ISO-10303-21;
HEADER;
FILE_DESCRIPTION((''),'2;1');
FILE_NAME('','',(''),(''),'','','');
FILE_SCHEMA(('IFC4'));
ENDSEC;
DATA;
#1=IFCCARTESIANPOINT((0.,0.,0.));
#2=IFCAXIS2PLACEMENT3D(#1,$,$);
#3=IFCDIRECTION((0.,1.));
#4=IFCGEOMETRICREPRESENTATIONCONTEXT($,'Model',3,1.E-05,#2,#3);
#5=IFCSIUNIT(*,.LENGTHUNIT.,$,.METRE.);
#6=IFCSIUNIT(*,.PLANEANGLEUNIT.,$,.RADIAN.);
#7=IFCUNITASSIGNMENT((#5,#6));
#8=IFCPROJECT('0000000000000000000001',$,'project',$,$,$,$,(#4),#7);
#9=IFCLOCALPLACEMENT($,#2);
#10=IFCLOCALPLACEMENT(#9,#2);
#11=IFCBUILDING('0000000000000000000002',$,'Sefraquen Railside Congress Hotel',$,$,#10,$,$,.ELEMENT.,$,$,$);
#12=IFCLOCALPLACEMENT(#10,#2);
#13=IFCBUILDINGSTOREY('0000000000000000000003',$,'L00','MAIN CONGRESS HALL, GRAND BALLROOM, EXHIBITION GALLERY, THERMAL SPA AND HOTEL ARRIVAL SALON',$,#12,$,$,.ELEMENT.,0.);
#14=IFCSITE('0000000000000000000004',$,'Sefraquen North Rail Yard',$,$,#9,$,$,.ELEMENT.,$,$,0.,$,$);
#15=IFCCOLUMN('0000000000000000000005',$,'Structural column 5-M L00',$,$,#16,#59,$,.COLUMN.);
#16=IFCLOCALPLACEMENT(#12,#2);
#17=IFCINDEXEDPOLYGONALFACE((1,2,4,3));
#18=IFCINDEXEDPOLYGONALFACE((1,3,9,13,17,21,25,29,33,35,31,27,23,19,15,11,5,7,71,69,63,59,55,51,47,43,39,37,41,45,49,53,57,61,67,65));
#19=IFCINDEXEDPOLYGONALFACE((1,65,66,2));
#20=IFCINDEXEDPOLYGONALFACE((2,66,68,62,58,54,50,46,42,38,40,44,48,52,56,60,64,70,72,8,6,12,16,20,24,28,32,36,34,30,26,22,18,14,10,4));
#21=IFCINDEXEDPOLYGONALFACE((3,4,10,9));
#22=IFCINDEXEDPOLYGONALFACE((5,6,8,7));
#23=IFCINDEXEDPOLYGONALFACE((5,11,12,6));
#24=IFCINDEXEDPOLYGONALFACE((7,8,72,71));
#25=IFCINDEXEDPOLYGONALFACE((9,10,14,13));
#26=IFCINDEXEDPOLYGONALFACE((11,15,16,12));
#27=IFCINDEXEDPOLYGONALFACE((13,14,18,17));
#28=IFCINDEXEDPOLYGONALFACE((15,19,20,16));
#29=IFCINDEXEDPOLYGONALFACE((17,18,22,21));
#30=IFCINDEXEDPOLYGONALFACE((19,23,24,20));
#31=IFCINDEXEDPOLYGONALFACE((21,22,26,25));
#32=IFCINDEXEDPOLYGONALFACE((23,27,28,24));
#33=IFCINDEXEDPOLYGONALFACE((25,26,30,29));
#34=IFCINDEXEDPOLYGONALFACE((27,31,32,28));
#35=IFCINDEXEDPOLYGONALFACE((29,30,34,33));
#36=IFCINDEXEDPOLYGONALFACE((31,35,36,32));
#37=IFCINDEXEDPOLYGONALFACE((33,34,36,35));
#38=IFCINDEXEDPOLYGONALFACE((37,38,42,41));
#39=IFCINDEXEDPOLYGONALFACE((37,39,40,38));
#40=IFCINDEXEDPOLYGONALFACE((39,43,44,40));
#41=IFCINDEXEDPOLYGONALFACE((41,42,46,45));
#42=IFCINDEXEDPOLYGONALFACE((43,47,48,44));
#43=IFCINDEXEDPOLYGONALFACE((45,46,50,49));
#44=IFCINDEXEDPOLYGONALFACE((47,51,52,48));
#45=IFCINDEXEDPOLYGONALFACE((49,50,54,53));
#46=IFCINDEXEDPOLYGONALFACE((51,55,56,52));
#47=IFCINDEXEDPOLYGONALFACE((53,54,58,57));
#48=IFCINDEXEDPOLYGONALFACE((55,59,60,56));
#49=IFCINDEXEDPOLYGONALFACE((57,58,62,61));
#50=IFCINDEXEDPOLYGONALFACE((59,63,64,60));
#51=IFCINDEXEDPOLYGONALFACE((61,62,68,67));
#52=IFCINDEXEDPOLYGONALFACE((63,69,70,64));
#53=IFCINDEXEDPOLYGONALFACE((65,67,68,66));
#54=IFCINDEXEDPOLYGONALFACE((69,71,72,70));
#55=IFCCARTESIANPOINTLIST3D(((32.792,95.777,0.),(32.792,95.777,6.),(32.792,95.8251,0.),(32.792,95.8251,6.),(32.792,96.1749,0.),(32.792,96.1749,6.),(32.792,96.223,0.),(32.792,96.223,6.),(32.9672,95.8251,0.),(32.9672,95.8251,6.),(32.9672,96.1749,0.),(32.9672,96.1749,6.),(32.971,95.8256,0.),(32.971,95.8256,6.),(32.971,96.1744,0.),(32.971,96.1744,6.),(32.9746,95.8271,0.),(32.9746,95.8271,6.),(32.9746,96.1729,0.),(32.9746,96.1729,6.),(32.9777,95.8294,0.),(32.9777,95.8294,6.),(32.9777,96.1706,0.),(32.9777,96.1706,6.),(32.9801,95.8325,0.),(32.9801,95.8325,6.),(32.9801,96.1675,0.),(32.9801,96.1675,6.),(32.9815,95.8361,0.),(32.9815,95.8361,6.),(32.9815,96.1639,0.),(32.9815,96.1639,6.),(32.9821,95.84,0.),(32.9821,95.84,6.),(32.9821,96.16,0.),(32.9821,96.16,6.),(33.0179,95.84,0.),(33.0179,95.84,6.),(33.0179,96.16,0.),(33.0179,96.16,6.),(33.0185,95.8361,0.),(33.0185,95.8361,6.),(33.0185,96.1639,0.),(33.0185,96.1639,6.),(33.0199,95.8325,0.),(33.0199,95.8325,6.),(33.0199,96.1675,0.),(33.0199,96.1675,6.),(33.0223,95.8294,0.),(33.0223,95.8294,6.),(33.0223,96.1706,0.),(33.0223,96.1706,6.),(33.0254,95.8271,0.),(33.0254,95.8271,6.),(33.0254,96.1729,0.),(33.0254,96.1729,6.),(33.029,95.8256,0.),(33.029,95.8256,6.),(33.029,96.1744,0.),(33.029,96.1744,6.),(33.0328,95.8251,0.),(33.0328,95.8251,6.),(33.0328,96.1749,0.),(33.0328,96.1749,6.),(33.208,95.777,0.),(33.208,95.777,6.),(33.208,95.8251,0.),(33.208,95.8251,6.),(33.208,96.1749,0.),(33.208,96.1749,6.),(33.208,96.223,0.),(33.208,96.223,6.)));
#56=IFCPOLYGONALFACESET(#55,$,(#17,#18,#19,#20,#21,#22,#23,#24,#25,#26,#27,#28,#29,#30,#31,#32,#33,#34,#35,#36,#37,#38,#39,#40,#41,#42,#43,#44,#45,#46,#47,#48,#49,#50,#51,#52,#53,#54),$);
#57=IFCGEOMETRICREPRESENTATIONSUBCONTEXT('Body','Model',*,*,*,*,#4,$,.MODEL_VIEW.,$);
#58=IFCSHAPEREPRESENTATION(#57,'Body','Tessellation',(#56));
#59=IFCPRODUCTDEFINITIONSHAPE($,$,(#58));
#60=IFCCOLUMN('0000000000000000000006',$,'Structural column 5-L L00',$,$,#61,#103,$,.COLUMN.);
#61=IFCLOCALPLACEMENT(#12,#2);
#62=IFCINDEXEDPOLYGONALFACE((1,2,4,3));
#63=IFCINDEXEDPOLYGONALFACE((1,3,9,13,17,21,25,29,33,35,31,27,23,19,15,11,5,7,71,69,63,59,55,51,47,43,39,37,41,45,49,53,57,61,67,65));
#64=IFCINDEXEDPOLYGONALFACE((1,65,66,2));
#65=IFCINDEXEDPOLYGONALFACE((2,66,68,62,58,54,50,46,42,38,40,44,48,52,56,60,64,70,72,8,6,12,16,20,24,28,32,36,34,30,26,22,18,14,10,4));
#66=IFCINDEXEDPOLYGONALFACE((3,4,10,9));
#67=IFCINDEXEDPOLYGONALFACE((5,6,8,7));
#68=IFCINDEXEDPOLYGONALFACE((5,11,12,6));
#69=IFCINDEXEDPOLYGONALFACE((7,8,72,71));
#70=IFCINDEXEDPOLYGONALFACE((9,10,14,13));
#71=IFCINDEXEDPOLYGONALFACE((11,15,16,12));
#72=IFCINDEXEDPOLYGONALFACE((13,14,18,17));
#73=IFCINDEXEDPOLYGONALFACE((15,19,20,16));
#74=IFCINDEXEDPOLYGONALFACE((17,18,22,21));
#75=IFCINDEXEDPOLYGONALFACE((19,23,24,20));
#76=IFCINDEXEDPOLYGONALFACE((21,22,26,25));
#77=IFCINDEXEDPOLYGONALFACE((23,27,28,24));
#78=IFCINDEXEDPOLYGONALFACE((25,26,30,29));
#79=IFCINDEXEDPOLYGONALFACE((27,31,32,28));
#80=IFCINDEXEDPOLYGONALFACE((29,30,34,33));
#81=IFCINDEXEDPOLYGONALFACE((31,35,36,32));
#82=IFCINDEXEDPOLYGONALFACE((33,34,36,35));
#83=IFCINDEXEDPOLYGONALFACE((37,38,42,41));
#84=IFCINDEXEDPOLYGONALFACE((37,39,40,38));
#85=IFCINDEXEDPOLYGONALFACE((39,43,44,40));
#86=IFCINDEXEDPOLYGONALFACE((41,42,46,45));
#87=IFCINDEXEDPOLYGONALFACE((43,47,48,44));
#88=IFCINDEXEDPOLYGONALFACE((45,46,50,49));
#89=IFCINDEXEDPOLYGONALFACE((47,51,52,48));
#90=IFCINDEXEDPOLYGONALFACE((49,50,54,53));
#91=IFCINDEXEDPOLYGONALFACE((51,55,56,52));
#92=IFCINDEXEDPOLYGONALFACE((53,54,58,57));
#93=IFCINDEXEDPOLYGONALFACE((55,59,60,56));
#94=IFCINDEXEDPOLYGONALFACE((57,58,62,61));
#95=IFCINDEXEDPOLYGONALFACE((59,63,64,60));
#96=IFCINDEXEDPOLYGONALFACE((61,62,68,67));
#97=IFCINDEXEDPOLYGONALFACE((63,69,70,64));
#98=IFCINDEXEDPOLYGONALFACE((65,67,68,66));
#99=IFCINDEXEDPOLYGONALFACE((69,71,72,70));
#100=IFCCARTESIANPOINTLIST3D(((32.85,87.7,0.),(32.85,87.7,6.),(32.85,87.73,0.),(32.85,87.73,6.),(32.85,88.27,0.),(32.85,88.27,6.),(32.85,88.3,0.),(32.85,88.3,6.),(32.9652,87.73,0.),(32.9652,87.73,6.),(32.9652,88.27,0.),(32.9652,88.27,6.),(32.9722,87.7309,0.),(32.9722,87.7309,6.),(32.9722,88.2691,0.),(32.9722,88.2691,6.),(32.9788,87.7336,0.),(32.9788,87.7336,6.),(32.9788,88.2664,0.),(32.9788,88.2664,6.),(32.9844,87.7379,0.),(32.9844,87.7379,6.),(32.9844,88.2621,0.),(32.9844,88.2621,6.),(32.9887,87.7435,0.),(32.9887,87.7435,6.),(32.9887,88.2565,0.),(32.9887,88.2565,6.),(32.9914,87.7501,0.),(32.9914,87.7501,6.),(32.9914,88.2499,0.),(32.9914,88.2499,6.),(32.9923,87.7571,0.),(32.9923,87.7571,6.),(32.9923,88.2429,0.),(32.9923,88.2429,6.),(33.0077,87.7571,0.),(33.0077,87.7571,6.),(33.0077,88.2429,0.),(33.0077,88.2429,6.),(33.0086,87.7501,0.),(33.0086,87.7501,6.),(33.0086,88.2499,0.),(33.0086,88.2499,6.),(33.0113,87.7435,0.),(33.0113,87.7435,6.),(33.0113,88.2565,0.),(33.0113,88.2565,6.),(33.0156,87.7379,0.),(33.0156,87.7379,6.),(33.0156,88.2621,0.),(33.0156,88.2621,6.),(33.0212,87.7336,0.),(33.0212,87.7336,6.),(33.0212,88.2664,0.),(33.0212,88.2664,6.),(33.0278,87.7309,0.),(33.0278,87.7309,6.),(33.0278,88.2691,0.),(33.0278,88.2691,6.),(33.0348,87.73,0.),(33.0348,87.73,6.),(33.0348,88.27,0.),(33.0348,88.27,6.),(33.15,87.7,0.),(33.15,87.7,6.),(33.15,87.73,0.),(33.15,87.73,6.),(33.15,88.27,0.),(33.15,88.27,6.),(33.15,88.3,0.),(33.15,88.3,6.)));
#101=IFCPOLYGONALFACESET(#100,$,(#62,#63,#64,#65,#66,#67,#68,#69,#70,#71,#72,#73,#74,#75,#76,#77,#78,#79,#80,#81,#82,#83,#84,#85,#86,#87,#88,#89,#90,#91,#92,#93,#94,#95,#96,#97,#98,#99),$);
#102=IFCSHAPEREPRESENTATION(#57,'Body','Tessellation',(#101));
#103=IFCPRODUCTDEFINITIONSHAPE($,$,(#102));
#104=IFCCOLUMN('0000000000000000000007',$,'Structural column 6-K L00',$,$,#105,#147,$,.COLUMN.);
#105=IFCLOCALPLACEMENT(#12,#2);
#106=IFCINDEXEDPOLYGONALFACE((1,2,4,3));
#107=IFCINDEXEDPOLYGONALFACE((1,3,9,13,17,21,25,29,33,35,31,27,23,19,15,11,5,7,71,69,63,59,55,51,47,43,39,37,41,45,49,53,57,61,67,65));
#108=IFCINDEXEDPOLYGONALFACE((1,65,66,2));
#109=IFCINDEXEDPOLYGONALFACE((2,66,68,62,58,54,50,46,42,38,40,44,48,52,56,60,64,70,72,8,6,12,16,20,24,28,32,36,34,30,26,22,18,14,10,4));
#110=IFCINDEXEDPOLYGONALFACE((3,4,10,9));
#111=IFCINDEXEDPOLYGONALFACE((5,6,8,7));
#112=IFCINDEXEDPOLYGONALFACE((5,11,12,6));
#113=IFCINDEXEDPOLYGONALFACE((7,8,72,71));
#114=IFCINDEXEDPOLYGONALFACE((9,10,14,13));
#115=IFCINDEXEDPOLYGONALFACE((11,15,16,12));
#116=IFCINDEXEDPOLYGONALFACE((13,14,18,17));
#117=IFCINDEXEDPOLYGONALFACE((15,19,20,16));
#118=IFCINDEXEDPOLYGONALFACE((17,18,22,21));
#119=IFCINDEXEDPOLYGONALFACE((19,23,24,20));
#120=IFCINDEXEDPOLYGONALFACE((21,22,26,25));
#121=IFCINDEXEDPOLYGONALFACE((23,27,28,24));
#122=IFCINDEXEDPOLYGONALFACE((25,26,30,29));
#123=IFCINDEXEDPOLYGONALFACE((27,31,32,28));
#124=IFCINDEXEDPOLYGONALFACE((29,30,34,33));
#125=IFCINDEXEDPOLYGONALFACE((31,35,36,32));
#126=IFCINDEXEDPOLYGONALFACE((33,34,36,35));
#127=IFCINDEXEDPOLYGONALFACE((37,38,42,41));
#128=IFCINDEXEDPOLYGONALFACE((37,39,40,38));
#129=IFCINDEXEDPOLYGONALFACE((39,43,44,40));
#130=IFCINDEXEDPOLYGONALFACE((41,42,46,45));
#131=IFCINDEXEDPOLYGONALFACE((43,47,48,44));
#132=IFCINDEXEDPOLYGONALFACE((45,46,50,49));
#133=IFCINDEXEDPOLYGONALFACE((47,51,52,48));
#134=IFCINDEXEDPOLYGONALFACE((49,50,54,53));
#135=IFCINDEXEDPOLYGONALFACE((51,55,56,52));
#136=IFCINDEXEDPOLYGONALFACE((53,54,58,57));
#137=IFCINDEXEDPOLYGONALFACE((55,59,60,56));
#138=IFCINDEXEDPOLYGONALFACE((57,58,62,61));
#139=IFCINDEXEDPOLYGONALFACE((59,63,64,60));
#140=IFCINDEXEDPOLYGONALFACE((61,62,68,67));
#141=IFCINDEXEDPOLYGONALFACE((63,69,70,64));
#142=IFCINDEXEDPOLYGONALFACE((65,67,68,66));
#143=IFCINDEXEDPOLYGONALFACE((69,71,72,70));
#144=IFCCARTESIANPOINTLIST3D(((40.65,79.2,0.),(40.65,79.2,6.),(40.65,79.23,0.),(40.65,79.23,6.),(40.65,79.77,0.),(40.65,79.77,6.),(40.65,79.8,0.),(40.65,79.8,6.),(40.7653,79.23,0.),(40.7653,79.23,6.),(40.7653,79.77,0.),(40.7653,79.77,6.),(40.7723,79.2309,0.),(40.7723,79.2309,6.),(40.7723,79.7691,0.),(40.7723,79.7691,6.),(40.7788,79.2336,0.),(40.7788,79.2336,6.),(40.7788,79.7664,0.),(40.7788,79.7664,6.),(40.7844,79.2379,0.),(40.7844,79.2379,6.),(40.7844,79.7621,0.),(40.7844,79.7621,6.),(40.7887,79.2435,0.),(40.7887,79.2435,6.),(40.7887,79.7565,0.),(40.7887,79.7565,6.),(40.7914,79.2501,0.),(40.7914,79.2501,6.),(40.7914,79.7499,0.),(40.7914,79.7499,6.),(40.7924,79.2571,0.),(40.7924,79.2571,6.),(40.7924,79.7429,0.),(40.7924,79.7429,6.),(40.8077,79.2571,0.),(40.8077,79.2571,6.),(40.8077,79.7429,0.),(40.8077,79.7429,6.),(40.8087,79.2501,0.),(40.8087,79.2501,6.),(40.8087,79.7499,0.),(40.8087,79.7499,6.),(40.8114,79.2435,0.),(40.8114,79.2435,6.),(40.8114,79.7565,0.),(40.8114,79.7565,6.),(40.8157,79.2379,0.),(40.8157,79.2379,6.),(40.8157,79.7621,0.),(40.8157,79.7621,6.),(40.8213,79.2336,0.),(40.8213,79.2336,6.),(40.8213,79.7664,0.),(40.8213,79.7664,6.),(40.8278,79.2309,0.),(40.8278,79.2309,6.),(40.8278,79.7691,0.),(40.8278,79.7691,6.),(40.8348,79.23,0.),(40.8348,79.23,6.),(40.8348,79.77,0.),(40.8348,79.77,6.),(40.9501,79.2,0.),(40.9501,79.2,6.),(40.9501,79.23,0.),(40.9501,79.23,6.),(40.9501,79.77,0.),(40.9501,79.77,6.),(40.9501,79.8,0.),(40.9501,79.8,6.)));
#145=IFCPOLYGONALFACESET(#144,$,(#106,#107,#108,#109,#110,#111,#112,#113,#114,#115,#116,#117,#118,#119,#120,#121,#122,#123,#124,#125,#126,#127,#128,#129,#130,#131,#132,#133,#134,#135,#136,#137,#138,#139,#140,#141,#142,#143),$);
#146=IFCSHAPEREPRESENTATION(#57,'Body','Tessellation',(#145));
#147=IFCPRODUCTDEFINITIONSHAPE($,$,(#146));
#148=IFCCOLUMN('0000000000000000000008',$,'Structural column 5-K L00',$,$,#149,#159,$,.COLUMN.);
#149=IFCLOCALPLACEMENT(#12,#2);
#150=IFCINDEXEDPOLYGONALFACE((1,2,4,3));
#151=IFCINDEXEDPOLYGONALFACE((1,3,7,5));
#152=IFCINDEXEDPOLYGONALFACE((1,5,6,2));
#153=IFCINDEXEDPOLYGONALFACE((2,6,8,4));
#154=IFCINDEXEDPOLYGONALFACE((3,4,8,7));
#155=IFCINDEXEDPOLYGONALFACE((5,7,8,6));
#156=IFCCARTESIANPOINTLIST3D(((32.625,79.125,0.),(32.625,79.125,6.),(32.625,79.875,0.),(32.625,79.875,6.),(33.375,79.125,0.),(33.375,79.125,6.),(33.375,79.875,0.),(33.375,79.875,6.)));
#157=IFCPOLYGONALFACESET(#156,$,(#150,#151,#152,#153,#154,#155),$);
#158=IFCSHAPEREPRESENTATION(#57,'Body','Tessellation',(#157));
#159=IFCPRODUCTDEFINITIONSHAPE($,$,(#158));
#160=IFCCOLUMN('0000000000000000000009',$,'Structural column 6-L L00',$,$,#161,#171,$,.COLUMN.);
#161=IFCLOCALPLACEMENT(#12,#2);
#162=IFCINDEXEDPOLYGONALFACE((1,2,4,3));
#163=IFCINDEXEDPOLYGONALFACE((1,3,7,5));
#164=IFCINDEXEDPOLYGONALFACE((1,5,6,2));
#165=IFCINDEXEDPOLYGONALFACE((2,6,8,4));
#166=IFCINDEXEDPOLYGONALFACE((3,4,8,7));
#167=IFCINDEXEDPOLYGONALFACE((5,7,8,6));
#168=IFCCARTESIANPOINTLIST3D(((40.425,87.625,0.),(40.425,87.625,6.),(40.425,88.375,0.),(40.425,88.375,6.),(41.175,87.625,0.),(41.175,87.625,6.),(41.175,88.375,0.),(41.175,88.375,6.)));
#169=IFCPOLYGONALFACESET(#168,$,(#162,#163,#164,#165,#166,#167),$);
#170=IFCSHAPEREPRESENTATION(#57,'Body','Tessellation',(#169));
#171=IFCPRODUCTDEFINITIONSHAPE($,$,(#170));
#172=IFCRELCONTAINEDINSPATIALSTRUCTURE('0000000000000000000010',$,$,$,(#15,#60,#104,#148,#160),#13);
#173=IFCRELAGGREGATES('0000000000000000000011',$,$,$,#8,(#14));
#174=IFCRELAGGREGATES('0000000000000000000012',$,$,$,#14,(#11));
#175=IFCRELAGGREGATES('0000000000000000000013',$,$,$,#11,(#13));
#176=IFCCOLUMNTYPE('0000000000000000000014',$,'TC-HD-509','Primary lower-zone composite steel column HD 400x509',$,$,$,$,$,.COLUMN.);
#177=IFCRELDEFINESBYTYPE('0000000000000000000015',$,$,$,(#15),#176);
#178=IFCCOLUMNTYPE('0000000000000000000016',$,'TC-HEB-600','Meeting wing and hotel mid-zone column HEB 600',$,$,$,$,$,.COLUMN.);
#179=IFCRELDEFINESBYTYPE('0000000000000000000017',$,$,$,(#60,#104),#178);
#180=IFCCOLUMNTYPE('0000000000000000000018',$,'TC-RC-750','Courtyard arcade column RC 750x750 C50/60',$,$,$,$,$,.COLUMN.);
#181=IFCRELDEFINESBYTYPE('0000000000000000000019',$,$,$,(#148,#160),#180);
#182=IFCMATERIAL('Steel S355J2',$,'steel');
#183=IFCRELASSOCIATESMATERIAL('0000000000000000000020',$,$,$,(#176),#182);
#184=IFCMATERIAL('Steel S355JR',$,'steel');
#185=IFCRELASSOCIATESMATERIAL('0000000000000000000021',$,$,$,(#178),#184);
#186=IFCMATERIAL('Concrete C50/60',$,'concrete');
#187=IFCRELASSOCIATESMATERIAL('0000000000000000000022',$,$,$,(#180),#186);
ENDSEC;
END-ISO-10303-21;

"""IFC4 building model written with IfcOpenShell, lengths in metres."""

from ifc_helpers import new_model, si_unit, direction, frame, origin, origin_2d, place, context, subcontext, project, spatial, rectangle, i_section, extrude, material, material_profile, profile_set, type_object, element, save


model = new_model("IFC4")

# Units and contexts
model_context = context("Model", 3, precision=1e-05, world=origin(), true_north=direction((0.0, 1.0)))
body_context = subcontext(model_context, "Body", "Model", "MODEL_VIEW")
ifc_project = project(units=[si_unit("LENGTHUNIT", "METRE"), si_unit("PLANEANGLEUNIT", "RADIAN")], contexts=[model_context])

# Site, building, storey
site_placement = place(None, origin())
site = spatial("IfcSite", under=ifc_project, at=site_placement, Name="Sefraquen North Rail Yard", CompositionType="ELEMENT", RefElevation=0.0)
building_placement = place(site_placement, origin())
building = spatial("IfcBuilding", under=site, at=building_placement, Name="Sefraquen Railside Congress Hotel", CompositionType="ELEMENT")
storey_placement = place(building_placement, origin())
storey = spatial("IfcBuildingStorey", under=building, at=storey_placement, Name="L00", Description="MAIN CONGRESS HALL, GRAND BALLROOM, EXHIBITION GALLERY, THERMAL SPA AND HOTEL ARRIVAL SALON", CompositionType="ELEMENT", Elevation=0.0)

# Columns
ifc_material_1 = material(Name="Steel S355J2", Category="steel")
ifc_material_profile_1 = material_profile(ifc_material_1, i_section(OverallWidth=0.416, OverallDepth=0.446, WebThickness=0.0359, FlangeThickness=0.0481, FilletRadius=0.0149, at=origin_2d()), Name="HD 400x509")
ifc_profile_set_1 = profile_set([ifc_material_profile_1], Name="Steel S355J2")
column_type_1 = type_object("IfcColumnType", Name="TC-HD-509", Description="Primary lower-zone composite steel column HD 400x509", PredefinedType="COLUMN", material=ifc_profile_set_1)
column_placement = place(storey_placement, frame((33.0, 96.0, 0.0), z_axis=(0.0, 0.0, 1.0), x_axis=(1.0, 0.0, 0.0)))
element("IfcColumn", 1, at=column_placement, inside=storey, type_object=column_type_1, Name="Structural column 5-M L00", PredefinedType="COLUMN", context=body_context, shape_type="SweptSolid", body=[
    extrude(i_section(OverallWidth=0.416, OverallDepth=0.446, WebThickness=0.0359, FlangeThickness=0.0481, FilletRadius=0.0149, at=origin_2d()), origin(), (0.0, 0.0, 1.0), 6.0),
])
ifc_material_2 = material(Name="Steel S355JR", Category="steel")
ifc_material_profile_2 = material_profile(ifc_material_2, i_section(OverallWidth=0.3, OverallDepth=0.6001, WebThickness=0.0154, FlangeThickness=0.03, FilletRadius=0.0271, at=origin_2d()), Name="HEB 600")
ifc_profile_set_2 = profile_set([ifc_material_profile_2], Name="Steel S355JR")
column_type_2 = type_object("IfcColumnType", Name="TC-HEB-600", Description="Meeting wing and hotel mid-zone column HEB 600", PredefinedType="COLUMN", material=ifc_profile_set_2)
for number, where, z_axis, x_axis, name in (
    (2, (33.0, 88.0, 0.0), (0.0, 0.0, 1.0), (1.0, 0.0, 0.0), "Structural column 5-L L00"),
    (3, (40.8, 79.5, 0.0), (0.0, 0.0, 1.0), (1.0, 0.0, 0.0), "Structural column 6-K L00"),
):
    element("IfcColumn", number, at=place(storey_placement, frame(where, z_axis=z_axis, x_axis=x_axis)), inside=storey, type_object=column_type_2, Name=name, PredefinedType="COLUMN", context=body_context, shape_type="SweptSolid", body=[
        extrude(i_section(OverallWidth=0.3, OverallDepth=0.6001, WebThickness=0.0154, FlangeThickness=0.03, FilletRadius=0.0271, at=origin_2d()), origin(), (0.0, 0.0, 1.0), 6.0),
    ])
ifc_material_3 = material(Name="Concrete C50/60", Category="concrete")
ifc_material_profile_3 = material_profile(ifc_material_3, rectangle(XDim=0.75, YDim=0.75, at=origin_2d()), Name="RC 750x750")
ifc_profile_set_3 = profile_set([ifc_material_profile_3], Name="Concrete C50/60")
column_type_3 = type_object("IfcColumnType", Name="TC-RC-750", Description="Courtyard arcade column RC 750x750 C50/60", PredefinedType="COLUMN", material=ifc_profile_set_3)
for number, where, z_axis, x_axis, name in (
    (4, (33.0, 79.5, 0.0), (0.0, 0.0, 1.0), (1.0, 0.0, 0.0), "Structural column 5-K L00"),
    (5, (40.8, 88.0, 0.0), (0.0, 0.0, 1.0), (1.0, 0.0, 0.0), "Structural column 6-L L00"),
):
    element("IfcColumn", number, at=place(storey_placement, frame(where, z_axis=z_axis, x_axis=x_axis)), inside=storey, type_object=column_type_3, Name=name, PredefinedType="COLUMN", context=body_context, shape_type="SweptSolid", body=[
        extrude(rectangle(XDim=0.75, YDim=0.75, at=origin_2d()), origin(), (0.0, 0.0, 1.0), 6.0),
    ])

save(model, "model.ifc")
